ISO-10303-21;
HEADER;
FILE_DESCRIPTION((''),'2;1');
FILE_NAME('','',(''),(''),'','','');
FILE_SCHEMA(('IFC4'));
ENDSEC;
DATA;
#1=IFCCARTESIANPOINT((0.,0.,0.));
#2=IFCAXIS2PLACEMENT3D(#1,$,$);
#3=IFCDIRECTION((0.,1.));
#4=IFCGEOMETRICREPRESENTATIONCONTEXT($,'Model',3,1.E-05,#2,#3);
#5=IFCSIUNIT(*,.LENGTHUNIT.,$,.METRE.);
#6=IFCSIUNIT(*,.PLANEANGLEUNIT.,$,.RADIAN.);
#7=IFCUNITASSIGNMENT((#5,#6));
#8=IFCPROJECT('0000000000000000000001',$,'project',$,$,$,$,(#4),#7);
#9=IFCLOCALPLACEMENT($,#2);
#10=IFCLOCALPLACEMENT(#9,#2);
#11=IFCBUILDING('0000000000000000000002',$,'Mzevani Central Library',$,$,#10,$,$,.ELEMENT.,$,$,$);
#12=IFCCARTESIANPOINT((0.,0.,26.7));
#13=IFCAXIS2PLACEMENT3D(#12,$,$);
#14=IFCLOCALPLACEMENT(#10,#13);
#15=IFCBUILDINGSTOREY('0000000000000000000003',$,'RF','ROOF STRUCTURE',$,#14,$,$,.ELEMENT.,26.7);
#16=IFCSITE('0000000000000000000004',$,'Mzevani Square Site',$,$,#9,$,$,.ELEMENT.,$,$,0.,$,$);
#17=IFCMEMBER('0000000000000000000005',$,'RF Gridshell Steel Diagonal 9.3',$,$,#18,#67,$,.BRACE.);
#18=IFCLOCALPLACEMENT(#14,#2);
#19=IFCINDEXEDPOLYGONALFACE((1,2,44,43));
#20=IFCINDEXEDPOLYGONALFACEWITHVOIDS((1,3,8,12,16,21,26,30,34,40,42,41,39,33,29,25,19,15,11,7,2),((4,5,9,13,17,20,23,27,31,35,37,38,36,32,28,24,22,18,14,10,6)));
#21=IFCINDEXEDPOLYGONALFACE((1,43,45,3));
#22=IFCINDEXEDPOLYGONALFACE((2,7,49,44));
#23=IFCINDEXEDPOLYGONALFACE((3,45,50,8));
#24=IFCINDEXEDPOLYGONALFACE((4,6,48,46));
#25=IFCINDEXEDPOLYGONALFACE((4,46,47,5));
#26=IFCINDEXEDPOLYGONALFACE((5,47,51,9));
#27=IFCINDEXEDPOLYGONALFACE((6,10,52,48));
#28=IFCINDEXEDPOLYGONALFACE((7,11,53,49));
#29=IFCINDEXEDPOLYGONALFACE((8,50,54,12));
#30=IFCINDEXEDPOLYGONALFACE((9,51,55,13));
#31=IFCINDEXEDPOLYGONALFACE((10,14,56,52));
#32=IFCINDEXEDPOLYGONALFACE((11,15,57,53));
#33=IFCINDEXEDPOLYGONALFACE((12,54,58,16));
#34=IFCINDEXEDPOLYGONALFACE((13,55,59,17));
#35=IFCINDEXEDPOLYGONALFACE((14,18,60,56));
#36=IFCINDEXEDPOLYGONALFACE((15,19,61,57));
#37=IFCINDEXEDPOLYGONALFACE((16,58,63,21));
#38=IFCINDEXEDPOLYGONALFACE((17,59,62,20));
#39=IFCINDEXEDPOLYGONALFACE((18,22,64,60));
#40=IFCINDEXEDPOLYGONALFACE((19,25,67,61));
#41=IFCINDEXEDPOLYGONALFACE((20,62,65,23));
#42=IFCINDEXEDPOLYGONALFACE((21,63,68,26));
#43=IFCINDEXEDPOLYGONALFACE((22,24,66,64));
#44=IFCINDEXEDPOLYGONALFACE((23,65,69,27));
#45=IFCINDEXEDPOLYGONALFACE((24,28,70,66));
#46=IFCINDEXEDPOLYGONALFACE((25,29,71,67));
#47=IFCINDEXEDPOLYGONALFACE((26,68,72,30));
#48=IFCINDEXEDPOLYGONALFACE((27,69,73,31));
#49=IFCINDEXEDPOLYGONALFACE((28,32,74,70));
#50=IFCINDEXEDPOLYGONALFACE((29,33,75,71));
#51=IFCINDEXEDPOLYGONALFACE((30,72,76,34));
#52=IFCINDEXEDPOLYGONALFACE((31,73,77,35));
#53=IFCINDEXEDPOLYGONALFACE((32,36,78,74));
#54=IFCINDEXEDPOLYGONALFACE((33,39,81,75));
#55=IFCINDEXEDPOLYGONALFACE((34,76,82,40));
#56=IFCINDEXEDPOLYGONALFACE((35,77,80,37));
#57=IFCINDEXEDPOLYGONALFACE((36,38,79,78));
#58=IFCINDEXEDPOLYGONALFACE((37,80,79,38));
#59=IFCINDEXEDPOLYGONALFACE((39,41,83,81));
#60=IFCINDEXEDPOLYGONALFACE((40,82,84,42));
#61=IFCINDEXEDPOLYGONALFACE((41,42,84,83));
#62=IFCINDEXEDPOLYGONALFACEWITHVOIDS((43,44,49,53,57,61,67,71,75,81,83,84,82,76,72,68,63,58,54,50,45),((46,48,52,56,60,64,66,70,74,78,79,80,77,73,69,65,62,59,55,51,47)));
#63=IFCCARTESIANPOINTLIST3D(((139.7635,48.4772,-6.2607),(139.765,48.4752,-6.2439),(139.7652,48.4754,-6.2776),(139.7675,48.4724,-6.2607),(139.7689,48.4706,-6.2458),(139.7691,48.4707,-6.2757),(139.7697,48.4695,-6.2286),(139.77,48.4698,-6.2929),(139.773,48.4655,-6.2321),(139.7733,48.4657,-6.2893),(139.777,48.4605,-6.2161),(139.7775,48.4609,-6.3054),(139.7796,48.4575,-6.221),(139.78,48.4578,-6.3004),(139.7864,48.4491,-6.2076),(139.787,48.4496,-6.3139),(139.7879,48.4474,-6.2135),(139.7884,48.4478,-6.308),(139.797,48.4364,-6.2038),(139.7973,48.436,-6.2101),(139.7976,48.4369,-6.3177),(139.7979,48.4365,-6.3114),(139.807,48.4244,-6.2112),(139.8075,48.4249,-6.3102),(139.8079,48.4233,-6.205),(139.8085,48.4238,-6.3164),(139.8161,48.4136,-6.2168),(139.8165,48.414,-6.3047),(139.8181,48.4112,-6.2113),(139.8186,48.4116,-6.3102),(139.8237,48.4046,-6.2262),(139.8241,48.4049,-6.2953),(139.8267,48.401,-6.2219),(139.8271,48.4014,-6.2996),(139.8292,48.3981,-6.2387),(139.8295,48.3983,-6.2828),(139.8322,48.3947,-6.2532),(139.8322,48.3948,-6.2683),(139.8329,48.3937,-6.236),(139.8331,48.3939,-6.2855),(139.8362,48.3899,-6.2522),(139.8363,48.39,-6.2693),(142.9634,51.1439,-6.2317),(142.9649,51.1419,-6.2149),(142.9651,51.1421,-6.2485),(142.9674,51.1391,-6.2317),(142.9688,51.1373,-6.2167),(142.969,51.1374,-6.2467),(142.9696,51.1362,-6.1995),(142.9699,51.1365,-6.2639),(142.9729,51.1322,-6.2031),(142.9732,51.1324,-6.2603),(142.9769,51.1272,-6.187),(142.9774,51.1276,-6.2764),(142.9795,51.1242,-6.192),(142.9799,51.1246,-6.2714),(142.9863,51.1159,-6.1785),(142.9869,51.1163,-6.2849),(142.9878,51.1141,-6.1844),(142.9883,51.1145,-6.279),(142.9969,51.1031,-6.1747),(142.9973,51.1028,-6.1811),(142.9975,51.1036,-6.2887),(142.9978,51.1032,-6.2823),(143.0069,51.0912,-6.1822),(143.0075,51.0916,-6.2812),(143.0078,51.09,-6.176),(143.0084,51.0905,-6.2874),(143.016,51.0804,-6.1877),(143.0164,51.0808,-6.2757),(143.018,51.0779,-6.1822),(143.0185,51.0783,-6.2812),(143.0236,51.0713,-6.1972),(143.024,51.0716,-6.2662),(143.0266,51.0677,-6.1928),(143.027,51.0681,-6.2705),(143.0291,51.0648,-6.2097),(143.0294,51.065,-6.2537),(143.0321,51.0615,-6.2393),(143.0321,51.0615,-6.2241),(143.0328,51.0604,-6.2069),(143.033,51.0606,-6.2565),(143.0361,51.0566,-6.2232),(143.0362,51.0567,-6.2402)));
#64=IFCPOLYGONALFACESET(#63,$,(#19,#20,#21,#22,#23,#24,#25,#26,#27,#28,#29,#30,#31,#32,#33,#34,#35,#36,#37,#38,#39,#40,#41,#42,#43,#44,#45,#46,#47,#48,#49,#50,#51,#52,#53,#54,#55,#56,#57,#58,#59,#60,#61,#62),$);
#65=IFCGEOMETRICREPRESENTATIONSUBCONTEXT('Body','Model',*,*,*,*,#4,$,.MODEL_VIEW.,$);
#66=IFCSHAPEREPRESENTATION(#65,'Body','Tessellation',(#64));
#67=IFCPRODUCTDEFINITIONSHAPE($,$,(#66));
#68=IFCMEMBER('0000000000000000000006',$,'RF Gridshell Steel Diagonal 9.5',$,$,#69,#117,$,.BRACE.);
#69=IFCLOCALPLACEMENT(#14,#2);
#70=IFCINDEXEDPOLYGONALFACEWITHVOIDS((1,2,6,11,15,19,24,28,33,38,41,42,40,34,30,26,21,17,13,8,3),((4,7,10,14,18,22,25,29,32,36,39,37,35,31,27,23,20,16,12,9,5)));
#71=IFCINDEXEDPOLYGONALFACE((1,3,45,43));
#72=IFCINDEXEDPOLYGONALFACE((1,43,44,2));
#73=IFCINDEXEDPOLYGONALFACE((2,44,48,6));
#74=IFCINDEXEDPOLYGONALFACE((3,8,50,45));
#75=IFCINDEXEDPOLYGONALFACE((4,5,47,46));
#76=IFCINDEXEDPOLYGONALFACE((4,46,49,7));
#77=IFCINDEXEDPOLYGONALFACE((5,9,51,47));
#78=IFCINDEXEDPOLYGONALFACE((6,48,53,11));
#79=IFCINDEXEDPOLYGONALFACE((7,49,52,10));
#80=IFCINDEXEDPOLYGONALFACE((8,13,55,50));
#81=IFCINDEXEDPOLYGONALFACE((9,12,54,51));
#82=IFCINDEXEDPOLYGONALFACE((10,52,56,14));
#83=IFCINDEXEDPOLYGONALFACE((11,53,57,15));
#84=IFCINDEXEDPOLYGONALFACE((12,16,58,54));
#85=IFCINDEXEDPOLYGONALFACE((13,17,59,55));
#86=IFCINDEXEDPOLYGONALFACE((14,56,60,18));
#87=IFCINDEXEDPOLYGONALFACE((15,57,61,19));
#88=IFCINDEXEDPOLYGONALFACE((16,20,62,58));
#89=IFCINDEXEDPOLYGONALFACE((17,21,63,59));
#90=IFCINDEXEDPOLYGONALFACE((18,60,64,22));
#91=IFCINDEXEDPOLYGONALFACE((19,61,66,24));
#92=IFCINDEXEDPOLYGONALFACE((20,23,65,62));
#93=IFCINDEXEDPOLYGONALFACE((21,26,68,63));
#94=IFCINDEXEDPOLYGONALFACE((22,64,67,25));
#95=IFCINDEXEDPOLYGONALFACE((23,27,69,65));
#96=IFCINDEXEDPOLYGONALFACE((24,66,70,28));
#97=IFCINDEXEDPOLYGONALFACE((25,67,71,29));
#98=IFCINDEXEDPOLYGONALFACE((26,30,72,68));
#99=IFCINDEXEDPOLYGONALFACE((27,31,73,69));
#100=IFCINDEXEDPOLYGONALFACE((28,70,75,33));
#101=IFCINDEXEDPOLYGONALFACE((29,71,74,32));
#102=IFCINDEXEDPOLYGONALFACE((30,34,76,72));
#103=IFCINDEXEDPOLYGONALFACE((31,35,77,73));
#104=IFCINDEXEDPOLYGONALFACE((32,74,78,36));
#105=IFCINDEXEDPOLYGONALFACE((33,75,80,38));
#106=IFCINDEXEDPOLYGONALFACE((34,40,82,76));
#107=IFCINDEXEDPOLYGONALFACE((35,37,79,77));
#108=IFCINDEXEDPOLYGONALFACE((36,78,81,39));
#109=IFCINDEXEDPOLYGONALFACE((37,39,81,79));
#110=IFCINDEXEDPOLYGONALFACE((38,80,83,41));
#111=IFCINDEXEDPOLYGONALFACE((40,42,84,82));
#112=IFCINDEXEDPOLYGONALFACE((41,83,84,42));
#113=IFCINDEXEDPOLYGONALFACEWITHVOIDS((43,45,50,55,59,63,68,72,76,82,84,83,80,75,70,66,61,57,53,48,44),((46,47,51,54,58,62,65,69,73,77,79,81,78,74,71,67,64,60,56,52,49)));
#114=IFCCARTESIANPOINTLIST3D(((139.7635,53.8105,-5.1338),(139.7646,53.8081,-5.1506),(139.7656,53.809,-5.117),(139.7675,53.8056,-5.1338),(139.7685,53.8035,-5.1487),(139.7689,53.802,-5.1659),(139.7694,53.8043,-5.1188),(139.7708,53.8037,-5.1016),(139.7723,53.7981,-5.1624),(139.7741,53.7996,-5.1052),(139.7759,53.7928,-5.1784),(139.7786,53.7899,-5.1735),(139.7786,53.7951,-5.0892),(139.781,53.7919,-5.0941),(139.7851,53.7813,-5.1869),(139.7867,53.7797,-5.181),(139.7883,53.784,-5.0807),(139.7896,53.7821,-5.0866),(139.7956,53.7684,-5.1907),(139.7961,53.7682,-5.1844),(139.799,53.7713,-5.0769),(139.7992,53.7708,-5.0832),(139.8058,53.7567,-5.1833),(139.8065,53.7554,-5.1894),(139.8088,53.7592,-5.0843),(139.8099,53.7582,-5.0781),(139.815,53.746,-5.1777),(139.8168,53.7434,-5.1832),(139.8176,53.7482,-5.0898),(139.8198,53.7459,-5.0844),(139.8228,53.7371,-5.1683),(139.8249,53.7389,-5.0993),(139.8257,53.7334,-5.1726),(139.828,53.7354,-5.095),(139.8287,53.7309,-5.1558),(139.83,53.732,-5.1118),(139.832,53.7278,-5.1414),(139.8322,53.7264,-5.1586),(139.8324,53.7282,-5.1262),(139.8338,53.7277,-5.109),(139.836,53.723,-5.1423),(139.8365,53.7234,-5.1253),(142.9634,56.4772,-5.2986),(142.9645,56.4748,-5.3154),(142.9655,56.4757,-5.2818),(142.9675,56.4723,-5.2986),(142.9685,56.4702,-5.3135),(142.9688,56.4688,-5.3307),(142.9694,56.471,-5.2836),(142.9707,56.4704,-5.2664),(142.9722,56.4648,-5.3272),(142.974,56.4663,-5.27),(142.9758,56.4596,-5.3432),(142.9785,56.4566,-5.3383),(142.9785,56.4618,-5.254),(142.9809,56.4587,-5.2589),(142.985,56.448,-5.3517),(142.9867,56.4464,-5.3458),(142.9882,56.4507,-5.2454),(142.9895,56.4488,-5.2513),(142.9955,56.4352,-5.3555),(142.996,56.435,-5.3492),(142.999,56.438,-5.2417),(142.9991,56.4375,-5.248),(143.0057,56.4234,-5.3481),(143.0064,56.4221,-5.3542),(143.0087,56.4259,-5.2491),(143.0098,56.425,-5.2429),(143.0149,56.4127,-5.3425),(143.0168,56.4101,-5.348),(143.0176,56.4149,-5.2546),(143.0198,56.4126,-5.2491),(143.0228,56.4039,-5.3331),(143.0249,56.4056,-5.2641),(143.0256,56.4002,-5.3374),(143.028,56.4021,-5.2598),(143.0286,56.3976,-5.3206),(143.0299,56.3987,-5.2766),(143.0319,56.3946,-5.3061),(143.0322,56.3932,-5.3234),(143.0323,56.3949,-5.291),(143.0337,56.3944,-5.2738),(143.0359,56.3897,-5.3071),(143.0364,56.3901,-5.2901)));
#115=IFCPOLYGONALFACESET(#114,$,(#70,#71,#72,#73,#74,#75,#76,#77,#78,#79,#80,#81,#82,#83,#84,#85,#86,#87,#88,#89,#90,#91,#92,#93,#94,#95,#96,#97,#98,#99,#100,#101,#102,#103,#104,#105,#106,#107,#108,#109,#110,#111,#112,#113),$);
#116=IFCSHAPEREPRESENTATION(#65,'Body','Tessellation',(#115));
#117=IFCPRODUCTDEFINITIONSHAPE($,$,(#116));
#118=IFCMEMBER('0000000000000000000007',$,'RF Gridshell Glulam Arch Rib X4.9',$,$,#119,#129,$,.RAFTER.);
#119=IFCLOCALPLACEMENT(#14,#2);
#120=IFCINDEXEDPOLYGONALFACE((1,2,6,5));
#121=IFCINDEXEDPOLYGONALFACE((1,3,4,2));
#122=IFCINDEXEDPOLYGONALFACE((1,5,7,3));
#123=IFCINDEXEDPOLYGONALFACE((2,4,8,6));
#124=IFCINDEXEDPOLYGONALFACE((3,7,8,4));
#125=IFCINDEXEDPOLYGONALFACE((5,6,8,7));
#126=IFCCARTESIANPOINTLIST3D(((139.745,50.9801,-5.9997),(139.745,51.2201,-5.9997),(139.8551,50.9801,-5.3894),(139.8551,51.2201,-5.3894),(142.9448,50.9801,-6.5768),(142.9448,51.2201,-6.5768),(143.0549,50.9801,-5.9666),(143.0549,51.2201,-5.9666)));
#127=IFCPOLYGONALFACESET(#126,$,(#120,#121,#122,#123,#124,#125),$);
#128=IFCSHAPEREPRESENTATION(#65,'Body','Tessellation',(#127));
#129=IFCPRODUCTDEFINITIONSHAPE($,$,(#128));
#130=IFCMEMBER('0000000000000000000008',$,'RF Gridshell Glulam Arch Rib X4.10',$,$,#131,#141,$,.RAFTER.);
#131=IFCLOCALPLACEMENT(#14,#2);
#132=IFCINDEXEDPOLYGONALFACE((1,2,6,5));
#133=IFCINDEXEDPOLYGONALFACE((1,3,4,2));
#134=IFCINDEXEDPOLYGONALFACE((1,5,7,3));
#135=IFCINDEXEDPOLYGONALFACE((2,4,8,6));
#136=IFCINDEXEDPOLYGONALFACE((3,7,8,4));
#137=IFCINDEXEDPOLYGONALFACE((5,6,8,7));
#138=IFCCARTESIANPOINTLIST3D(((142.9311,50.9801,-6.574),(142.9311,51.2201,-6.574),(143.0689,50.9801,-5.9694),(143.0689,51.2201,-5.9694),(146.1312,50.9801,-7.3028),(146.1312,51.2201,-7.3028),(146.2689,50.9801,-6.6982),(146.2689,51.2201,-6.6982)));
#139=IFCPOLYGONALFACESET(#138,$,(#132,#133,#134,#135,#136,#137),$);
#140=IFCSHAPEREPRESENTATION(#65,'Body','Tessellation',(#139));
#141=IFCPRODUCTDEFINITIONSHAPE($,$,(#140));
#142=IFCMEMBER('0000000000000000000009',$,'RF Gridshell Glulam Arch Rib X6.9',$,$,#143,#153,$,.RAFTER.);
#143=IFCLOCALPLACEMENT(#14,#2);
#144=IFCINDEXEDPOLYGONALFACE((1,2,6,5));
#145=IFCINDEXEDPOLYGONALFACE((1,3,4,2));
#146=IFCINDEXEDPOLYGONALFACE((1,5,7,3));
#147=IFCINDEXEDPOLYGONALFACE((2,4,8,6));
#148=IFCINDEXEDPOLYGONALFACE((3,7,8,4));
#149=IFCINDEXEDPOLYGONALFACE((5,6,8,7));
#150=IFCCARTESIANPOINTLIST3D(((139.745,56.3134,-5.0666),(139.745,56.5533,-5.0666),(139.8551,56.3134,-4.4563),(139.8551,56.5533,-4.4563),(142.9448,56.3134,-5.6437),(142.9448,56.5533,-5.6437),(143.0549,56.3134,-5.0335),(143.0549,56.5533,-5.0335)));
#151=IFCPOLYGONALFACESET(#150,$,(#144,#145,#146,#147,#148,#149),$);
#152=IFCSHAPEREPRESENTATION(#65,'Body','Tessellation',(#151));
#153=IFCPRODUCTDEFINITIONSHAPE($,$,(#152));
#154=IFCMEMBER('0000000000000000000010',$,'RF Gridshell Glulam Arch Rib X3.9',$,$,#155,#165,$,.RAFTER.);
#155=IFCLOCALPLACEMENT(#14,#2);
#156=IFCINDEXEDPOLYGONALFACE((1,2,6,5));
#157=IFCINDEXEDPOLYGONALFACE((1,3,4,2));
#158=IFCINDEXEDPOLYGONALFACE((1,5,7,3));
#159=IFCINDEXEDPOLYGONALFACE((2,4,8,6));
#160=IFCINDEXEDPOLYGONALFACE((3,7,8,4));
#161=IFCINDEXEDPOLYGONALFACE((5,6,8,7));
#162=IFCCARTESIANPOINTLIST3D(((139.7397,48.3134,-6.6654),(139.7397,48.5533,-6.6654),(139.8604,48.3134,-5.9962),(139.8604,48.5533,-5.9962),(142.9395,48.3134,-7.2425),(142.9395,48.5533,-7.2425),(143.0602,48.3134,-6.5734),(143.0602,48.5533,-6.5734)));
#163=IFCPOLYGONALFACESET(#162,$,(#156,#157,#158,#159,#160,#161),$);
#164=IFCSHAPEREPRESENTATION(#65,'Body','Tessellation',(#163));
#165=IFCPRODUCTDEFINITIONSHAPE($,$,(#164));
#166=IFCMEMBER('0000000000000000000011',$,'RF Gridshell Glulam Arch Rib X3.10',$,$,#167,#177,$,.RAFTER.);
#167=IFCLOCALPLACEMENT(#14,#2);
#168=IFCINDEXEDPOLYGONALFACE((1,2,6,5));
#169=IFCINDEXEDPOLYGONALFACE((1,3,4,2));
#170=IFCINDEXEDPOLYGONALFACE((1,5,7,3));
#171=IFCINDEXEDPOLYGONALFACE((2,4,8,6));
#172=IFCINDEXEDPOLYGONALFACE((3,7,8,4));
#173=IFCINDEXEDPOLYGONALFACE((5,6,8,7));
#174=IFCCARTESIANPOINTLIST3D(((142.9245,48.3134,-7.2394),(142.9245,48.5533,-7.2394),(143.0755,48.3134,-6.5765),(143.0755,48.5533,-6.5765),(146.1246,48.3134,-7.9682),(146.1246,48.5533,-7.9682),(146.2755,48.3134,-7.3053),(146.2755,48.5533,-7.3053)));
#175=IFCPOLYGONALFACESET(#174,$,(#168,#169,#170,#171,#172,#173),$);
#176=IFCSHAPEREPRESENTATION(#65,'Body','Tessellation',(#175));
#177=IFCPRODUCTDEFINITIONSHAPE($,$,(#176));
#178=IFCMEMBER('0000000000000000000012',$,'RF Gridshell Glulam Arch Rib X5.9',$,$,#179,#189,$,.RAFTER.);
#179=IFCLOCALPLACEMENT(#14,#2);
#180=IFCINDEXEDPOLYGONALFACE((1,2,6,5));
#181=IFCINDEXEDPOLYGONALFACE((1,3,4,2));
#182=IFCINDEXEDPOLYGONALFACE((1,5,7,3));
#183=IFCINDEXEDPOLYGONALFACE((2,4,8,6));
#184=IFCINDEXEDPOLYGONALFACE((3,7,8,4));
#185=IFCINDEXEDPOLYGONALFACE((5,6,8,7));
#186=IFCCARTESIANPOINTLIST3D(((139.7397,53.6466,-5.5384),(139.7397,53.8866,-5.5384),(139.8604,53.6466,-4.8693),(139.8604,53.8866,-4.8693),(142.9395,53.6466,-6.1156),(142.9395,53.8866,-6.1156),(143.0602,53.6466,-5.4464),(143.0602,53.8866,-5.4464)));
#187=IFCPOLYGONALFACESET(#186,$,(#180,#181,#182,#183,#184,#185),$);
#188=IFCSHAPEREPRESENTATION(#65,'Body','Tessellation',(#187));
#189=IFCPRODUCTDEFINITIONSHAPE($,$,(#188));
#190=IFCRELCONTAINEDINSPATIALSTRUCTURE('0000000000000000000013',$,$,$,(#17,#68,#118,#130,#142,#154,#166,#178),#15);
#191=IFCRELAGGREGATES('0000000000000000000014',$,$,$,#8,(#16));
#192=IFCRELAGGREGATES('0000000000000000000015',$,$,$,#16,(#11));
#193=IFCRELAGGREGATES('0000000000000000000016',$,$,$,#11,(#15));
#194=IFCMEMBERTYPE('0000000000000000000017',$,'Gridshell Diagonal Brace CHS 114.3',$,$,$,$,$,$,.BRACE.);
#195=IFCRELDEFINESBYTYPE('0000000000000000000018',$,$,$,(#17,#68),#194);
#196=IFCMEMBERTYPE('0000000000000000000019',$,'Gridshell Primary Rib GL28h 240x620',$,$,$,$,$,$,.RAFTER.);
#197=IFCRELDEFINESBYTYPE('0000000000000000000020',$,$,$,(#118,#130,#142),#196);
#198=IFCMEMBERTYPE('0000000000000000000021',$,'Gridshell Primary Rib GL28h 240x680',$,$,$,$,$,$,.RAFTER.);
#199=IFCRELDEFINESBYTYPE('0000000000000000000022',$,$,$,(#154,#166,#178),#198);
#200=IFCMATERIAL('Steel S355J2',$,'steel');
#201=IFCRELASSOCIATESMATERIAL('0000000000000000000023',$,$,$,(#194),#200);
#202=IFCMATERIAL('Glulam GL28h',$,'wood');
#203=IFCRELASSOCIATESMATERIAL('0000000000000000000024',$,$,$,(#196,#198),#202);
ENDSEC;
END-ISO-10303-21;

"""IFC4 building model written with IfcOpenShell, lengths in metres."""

from ifc_helpers import new_model, si_unit, direction, frame, origin, origin_2d, place, context, subcontext, project, spatial, rectangle, hollow_circle, extrude, material, material_profile, profile_set, type_object, element, save


model = new_model("IFC4")

# Units and contexts
model_context = context("Model", 3, precision=1e-05, world=origin(), true_north=direction((0.0, 1.0)))
body_context = subcontext(model_context, "Body", "Model", "MODEL_VIEW")
ifc_project = project(units=[si_unit("LENGTHUNIT", "METRE"), si_unit("PLANEANGLEUNIT", "RADIAN")], contexts=[model_context])

# Site, building, storey
site_placement = place(None, origin())
site = spatial("IfcSite", under=ifc_project, at=site_placement, Name="Mzevani Square Site", CompositionType="ELEMENT", RefElevation=0.0)
building_placement = place(site_placement, origin())
building = spatial("IfcBuilding", under=site, at=building_placement, Name="Mzevani Central Library", CompositionType="ELEMENT")
storey_placement = place(building_placement, frame((0.0, 0.0, 26.7)))
storey = spatial("IfcBuildingStorey", under=building, at=storey_placement, Name="RF", Description="ROOF STRUCTURE", CompositionType="ELEMENT", Elevation=26.7)

# Members
ifc_material_1 = material(Name="Steel S355J2", Category="steel")
ifc_material_profile_1 = material_profile(ifc_material_1, hollow_circle(Radius=0.0571, WallThickness=0.0063, at=origin_2d()), Name="CHS 114.3x6.3")
ifc_profile_set_1 = profile_set([ifc_material_profile_1], Name="Steel S355J2")
member_type_1 = type_object("IfcMemberType", Name="Gridshell Diagonal Brace CHS 114.3", PredefinedType="BRACE", material=ifc_profile_set_1)
member_1_placement = place(storey_placement, frame((139.8, 48.4333, -6.2607), z_axis=(0.768188, 0.640186, 0.006974), x_axis=(-0.640202, 0.768207, 0.0)))
element("IfcMember", 1, at=member_1_placement, inside=storey, type_object=member_type_1, Name="RF Gridshell Steel Diagonal 9.3", PredefinedType="BRACE", context=body_context, shape_type="SweptSolid", body=[
    extrude(hollow_circle(Radius=0.0571, WallThickness=0.0063, at=origin_2d()), origin(), (0.0, 0.0, 1.0), 4.1655),
])
member_2_placement = place(storey_placement, frame((139.8, 53.7666, -5.1338), z_axis=(0.767606, 0.639701, -0.039531), x_axis=(-0.640202, 0.768207, 0.0)))
element("IfcMember", 2, at=member_2_placement, inside=storey, type_object=member_type_1, Name="RF Gridshell Steel Diagonal 9.5", PredefinedType="BRACE", context=body_context, shape_type="SweptSolid", body=[
    extrude(hollow_circle(Radius=0.0571, WallThickness=0.0063, at=origin_2d()), origin(), (0.0, 0.0, 1.0), 4.1687),
])
ifc_material_2 = material(Name="Glulam GL28h", Category="wood")
ifc_material_profile_2 = material_profile(ifc_material_2, rectangle(XDim=0.24, YDim=0.6201, at=origin_2d()), Name="GL28h 240x620")
ifc_profile_set_2 = profile_set([ifc_material_profile_2], Name="Glulam GL28h")
member_type_2 = type_object("IfcMemberType", Name="Gridshell Primary Rib GL28h 240x620", PredefinedType="RAFTER", material=ifc_profile_set_2)
member_3_placement = place(storey_placement, frame((139.8, 51.1001, -5.6946), z_axis=(0.984121, 0.0, -0.177498), x_axis=(0.0, 1.0, 0.0)))
element("IfcMember", 3, at=member_3_placement, inside=storey, type_object=member_type_2, Name="RF Gridshell Glulam Arch Rib X4.9", PredefinedType="RAFTER", context=body_context, shape_type="SweptSolid", body=[
    extrude(rectangle(XDim=0.24, YDim=0.6201, at=origin_2d()), origin(), (0.0, 0.0, 1.0), 3.2515),
])
member_4_placement = place(storey_placement, frame((143.0, 51.1001, -6.2717), z_axis=(0.975034, 0.0, -0.222055), x_axis=(0.0, 1.0, 0.0)))
element("IfcMember", 4, at=member_4_placement, inside=storey, type_object=member_type_2, Name="RF Gridshell Glulam Arch Rib X4.10", PredefinedType="RAFTER", context=body_context, shape_type="SweptSolid", body=[
    extrude(rectangle(XDim=0.24, YDim=0.6201, at=origin_2d()), origin(), (0.0, 0.0, 1.0), 3.282),
])
member_5_placement = place(storey_placement, frame((139.8, 56.4333, -4.7615), z_axis=(0.984121, 0.0, -0.177498), x_axis=(0.0, 1.0, 0.0)))
element("IfcMember", 5, at=member_5_placement, inside=storey, type_object=member_type_2, Name="RF Gridshell Glulam Arch Rib X6.9", PredefinedType="RAFTER", context=body_context, shape_type="SweptSolid", body=[
    extrude(rectangle(XDim=0.24, YDim=0.6201, at=origin_2d()), origin(), (0.0, 0.0, 1.0), 3.2515),
])
ifc_material_profile_3 = material_profile(ifc_material_2, rectangle(XDim=0.24, YDim=0.6799, at=origin_2d()), Name="GL28h 240x680")
ifc_profile_set_3 = profile_set([ifc_material_profile_3], Name="Glulam GL28h")
member_type_3 = type_object("IfcMemberType", Name="Gridshell Primary Rib GL28h 240x680", PredefinedType="RAFTER", material=ifc_profile_set_3)
member_6_placement = place(storey_placement, frame((139.8, 48.4333, -6.3308), z_axis=(0.984121, 0.0, -0.177498), x_axis=(0.0, 1.0, 0.0)))
element("IfcMember", 6, at=member_6_placement, inside=storey, type_object=member_type_3, Name="RF Gridshell Glulam Arch Rib X3.9", PredefinedType="RAFTER", context=body_context, shape_type="SweptSolid", body=[
    extrude(rectangle(XDim=0.24, YDim=0.6799, at=origin_2d()), origin(), (0.0, 0.0, 1.0), 3.2515),
])
member_7_placement = place(storey_placement, frame((143.0, 48.4333, -6.908), z_axis=(0.975034, 0.0, -0.222055), x_axis=(0.0, 1.0, 0.0)))
element("IfcMember", 7, at=member_7_placement, inside=storey, type_object=member_type_3, Name="RF Gridshell Glulam Arch Rib X3.10", PredefinedType="RAFTER", context=body_context, shape_type="SweptSolid", body=[
    extrude(rectangle(XDim=0.24, YDim=0.6799, at=origin_2d()), origin(), (0.0, 0.0, 1.0), 3.282),
])
member_8_placement = place(storey_placement, frame((139.8, 53.7666, -5.2039), z_axis=(0.984121, 0.0, -0.177498), x_axis=(0.0, 1.0, 0.0)))
element("IfcMember", 8, at=member_8_placement, inside=storey, type_object=member_type_3, Name="RF Gridshell Glulam Arch Rib X5.9", PredefinedType="RAFTER", context=body_context, shape_type="SweptSolid", body=[
    extrude(rectangle(XDim=0.24, YDim=0.6799, at=origin_2d()), origin(), (0.0, 0.0, 1.0), 3.2515),
])

save(model, "model.ifc")
